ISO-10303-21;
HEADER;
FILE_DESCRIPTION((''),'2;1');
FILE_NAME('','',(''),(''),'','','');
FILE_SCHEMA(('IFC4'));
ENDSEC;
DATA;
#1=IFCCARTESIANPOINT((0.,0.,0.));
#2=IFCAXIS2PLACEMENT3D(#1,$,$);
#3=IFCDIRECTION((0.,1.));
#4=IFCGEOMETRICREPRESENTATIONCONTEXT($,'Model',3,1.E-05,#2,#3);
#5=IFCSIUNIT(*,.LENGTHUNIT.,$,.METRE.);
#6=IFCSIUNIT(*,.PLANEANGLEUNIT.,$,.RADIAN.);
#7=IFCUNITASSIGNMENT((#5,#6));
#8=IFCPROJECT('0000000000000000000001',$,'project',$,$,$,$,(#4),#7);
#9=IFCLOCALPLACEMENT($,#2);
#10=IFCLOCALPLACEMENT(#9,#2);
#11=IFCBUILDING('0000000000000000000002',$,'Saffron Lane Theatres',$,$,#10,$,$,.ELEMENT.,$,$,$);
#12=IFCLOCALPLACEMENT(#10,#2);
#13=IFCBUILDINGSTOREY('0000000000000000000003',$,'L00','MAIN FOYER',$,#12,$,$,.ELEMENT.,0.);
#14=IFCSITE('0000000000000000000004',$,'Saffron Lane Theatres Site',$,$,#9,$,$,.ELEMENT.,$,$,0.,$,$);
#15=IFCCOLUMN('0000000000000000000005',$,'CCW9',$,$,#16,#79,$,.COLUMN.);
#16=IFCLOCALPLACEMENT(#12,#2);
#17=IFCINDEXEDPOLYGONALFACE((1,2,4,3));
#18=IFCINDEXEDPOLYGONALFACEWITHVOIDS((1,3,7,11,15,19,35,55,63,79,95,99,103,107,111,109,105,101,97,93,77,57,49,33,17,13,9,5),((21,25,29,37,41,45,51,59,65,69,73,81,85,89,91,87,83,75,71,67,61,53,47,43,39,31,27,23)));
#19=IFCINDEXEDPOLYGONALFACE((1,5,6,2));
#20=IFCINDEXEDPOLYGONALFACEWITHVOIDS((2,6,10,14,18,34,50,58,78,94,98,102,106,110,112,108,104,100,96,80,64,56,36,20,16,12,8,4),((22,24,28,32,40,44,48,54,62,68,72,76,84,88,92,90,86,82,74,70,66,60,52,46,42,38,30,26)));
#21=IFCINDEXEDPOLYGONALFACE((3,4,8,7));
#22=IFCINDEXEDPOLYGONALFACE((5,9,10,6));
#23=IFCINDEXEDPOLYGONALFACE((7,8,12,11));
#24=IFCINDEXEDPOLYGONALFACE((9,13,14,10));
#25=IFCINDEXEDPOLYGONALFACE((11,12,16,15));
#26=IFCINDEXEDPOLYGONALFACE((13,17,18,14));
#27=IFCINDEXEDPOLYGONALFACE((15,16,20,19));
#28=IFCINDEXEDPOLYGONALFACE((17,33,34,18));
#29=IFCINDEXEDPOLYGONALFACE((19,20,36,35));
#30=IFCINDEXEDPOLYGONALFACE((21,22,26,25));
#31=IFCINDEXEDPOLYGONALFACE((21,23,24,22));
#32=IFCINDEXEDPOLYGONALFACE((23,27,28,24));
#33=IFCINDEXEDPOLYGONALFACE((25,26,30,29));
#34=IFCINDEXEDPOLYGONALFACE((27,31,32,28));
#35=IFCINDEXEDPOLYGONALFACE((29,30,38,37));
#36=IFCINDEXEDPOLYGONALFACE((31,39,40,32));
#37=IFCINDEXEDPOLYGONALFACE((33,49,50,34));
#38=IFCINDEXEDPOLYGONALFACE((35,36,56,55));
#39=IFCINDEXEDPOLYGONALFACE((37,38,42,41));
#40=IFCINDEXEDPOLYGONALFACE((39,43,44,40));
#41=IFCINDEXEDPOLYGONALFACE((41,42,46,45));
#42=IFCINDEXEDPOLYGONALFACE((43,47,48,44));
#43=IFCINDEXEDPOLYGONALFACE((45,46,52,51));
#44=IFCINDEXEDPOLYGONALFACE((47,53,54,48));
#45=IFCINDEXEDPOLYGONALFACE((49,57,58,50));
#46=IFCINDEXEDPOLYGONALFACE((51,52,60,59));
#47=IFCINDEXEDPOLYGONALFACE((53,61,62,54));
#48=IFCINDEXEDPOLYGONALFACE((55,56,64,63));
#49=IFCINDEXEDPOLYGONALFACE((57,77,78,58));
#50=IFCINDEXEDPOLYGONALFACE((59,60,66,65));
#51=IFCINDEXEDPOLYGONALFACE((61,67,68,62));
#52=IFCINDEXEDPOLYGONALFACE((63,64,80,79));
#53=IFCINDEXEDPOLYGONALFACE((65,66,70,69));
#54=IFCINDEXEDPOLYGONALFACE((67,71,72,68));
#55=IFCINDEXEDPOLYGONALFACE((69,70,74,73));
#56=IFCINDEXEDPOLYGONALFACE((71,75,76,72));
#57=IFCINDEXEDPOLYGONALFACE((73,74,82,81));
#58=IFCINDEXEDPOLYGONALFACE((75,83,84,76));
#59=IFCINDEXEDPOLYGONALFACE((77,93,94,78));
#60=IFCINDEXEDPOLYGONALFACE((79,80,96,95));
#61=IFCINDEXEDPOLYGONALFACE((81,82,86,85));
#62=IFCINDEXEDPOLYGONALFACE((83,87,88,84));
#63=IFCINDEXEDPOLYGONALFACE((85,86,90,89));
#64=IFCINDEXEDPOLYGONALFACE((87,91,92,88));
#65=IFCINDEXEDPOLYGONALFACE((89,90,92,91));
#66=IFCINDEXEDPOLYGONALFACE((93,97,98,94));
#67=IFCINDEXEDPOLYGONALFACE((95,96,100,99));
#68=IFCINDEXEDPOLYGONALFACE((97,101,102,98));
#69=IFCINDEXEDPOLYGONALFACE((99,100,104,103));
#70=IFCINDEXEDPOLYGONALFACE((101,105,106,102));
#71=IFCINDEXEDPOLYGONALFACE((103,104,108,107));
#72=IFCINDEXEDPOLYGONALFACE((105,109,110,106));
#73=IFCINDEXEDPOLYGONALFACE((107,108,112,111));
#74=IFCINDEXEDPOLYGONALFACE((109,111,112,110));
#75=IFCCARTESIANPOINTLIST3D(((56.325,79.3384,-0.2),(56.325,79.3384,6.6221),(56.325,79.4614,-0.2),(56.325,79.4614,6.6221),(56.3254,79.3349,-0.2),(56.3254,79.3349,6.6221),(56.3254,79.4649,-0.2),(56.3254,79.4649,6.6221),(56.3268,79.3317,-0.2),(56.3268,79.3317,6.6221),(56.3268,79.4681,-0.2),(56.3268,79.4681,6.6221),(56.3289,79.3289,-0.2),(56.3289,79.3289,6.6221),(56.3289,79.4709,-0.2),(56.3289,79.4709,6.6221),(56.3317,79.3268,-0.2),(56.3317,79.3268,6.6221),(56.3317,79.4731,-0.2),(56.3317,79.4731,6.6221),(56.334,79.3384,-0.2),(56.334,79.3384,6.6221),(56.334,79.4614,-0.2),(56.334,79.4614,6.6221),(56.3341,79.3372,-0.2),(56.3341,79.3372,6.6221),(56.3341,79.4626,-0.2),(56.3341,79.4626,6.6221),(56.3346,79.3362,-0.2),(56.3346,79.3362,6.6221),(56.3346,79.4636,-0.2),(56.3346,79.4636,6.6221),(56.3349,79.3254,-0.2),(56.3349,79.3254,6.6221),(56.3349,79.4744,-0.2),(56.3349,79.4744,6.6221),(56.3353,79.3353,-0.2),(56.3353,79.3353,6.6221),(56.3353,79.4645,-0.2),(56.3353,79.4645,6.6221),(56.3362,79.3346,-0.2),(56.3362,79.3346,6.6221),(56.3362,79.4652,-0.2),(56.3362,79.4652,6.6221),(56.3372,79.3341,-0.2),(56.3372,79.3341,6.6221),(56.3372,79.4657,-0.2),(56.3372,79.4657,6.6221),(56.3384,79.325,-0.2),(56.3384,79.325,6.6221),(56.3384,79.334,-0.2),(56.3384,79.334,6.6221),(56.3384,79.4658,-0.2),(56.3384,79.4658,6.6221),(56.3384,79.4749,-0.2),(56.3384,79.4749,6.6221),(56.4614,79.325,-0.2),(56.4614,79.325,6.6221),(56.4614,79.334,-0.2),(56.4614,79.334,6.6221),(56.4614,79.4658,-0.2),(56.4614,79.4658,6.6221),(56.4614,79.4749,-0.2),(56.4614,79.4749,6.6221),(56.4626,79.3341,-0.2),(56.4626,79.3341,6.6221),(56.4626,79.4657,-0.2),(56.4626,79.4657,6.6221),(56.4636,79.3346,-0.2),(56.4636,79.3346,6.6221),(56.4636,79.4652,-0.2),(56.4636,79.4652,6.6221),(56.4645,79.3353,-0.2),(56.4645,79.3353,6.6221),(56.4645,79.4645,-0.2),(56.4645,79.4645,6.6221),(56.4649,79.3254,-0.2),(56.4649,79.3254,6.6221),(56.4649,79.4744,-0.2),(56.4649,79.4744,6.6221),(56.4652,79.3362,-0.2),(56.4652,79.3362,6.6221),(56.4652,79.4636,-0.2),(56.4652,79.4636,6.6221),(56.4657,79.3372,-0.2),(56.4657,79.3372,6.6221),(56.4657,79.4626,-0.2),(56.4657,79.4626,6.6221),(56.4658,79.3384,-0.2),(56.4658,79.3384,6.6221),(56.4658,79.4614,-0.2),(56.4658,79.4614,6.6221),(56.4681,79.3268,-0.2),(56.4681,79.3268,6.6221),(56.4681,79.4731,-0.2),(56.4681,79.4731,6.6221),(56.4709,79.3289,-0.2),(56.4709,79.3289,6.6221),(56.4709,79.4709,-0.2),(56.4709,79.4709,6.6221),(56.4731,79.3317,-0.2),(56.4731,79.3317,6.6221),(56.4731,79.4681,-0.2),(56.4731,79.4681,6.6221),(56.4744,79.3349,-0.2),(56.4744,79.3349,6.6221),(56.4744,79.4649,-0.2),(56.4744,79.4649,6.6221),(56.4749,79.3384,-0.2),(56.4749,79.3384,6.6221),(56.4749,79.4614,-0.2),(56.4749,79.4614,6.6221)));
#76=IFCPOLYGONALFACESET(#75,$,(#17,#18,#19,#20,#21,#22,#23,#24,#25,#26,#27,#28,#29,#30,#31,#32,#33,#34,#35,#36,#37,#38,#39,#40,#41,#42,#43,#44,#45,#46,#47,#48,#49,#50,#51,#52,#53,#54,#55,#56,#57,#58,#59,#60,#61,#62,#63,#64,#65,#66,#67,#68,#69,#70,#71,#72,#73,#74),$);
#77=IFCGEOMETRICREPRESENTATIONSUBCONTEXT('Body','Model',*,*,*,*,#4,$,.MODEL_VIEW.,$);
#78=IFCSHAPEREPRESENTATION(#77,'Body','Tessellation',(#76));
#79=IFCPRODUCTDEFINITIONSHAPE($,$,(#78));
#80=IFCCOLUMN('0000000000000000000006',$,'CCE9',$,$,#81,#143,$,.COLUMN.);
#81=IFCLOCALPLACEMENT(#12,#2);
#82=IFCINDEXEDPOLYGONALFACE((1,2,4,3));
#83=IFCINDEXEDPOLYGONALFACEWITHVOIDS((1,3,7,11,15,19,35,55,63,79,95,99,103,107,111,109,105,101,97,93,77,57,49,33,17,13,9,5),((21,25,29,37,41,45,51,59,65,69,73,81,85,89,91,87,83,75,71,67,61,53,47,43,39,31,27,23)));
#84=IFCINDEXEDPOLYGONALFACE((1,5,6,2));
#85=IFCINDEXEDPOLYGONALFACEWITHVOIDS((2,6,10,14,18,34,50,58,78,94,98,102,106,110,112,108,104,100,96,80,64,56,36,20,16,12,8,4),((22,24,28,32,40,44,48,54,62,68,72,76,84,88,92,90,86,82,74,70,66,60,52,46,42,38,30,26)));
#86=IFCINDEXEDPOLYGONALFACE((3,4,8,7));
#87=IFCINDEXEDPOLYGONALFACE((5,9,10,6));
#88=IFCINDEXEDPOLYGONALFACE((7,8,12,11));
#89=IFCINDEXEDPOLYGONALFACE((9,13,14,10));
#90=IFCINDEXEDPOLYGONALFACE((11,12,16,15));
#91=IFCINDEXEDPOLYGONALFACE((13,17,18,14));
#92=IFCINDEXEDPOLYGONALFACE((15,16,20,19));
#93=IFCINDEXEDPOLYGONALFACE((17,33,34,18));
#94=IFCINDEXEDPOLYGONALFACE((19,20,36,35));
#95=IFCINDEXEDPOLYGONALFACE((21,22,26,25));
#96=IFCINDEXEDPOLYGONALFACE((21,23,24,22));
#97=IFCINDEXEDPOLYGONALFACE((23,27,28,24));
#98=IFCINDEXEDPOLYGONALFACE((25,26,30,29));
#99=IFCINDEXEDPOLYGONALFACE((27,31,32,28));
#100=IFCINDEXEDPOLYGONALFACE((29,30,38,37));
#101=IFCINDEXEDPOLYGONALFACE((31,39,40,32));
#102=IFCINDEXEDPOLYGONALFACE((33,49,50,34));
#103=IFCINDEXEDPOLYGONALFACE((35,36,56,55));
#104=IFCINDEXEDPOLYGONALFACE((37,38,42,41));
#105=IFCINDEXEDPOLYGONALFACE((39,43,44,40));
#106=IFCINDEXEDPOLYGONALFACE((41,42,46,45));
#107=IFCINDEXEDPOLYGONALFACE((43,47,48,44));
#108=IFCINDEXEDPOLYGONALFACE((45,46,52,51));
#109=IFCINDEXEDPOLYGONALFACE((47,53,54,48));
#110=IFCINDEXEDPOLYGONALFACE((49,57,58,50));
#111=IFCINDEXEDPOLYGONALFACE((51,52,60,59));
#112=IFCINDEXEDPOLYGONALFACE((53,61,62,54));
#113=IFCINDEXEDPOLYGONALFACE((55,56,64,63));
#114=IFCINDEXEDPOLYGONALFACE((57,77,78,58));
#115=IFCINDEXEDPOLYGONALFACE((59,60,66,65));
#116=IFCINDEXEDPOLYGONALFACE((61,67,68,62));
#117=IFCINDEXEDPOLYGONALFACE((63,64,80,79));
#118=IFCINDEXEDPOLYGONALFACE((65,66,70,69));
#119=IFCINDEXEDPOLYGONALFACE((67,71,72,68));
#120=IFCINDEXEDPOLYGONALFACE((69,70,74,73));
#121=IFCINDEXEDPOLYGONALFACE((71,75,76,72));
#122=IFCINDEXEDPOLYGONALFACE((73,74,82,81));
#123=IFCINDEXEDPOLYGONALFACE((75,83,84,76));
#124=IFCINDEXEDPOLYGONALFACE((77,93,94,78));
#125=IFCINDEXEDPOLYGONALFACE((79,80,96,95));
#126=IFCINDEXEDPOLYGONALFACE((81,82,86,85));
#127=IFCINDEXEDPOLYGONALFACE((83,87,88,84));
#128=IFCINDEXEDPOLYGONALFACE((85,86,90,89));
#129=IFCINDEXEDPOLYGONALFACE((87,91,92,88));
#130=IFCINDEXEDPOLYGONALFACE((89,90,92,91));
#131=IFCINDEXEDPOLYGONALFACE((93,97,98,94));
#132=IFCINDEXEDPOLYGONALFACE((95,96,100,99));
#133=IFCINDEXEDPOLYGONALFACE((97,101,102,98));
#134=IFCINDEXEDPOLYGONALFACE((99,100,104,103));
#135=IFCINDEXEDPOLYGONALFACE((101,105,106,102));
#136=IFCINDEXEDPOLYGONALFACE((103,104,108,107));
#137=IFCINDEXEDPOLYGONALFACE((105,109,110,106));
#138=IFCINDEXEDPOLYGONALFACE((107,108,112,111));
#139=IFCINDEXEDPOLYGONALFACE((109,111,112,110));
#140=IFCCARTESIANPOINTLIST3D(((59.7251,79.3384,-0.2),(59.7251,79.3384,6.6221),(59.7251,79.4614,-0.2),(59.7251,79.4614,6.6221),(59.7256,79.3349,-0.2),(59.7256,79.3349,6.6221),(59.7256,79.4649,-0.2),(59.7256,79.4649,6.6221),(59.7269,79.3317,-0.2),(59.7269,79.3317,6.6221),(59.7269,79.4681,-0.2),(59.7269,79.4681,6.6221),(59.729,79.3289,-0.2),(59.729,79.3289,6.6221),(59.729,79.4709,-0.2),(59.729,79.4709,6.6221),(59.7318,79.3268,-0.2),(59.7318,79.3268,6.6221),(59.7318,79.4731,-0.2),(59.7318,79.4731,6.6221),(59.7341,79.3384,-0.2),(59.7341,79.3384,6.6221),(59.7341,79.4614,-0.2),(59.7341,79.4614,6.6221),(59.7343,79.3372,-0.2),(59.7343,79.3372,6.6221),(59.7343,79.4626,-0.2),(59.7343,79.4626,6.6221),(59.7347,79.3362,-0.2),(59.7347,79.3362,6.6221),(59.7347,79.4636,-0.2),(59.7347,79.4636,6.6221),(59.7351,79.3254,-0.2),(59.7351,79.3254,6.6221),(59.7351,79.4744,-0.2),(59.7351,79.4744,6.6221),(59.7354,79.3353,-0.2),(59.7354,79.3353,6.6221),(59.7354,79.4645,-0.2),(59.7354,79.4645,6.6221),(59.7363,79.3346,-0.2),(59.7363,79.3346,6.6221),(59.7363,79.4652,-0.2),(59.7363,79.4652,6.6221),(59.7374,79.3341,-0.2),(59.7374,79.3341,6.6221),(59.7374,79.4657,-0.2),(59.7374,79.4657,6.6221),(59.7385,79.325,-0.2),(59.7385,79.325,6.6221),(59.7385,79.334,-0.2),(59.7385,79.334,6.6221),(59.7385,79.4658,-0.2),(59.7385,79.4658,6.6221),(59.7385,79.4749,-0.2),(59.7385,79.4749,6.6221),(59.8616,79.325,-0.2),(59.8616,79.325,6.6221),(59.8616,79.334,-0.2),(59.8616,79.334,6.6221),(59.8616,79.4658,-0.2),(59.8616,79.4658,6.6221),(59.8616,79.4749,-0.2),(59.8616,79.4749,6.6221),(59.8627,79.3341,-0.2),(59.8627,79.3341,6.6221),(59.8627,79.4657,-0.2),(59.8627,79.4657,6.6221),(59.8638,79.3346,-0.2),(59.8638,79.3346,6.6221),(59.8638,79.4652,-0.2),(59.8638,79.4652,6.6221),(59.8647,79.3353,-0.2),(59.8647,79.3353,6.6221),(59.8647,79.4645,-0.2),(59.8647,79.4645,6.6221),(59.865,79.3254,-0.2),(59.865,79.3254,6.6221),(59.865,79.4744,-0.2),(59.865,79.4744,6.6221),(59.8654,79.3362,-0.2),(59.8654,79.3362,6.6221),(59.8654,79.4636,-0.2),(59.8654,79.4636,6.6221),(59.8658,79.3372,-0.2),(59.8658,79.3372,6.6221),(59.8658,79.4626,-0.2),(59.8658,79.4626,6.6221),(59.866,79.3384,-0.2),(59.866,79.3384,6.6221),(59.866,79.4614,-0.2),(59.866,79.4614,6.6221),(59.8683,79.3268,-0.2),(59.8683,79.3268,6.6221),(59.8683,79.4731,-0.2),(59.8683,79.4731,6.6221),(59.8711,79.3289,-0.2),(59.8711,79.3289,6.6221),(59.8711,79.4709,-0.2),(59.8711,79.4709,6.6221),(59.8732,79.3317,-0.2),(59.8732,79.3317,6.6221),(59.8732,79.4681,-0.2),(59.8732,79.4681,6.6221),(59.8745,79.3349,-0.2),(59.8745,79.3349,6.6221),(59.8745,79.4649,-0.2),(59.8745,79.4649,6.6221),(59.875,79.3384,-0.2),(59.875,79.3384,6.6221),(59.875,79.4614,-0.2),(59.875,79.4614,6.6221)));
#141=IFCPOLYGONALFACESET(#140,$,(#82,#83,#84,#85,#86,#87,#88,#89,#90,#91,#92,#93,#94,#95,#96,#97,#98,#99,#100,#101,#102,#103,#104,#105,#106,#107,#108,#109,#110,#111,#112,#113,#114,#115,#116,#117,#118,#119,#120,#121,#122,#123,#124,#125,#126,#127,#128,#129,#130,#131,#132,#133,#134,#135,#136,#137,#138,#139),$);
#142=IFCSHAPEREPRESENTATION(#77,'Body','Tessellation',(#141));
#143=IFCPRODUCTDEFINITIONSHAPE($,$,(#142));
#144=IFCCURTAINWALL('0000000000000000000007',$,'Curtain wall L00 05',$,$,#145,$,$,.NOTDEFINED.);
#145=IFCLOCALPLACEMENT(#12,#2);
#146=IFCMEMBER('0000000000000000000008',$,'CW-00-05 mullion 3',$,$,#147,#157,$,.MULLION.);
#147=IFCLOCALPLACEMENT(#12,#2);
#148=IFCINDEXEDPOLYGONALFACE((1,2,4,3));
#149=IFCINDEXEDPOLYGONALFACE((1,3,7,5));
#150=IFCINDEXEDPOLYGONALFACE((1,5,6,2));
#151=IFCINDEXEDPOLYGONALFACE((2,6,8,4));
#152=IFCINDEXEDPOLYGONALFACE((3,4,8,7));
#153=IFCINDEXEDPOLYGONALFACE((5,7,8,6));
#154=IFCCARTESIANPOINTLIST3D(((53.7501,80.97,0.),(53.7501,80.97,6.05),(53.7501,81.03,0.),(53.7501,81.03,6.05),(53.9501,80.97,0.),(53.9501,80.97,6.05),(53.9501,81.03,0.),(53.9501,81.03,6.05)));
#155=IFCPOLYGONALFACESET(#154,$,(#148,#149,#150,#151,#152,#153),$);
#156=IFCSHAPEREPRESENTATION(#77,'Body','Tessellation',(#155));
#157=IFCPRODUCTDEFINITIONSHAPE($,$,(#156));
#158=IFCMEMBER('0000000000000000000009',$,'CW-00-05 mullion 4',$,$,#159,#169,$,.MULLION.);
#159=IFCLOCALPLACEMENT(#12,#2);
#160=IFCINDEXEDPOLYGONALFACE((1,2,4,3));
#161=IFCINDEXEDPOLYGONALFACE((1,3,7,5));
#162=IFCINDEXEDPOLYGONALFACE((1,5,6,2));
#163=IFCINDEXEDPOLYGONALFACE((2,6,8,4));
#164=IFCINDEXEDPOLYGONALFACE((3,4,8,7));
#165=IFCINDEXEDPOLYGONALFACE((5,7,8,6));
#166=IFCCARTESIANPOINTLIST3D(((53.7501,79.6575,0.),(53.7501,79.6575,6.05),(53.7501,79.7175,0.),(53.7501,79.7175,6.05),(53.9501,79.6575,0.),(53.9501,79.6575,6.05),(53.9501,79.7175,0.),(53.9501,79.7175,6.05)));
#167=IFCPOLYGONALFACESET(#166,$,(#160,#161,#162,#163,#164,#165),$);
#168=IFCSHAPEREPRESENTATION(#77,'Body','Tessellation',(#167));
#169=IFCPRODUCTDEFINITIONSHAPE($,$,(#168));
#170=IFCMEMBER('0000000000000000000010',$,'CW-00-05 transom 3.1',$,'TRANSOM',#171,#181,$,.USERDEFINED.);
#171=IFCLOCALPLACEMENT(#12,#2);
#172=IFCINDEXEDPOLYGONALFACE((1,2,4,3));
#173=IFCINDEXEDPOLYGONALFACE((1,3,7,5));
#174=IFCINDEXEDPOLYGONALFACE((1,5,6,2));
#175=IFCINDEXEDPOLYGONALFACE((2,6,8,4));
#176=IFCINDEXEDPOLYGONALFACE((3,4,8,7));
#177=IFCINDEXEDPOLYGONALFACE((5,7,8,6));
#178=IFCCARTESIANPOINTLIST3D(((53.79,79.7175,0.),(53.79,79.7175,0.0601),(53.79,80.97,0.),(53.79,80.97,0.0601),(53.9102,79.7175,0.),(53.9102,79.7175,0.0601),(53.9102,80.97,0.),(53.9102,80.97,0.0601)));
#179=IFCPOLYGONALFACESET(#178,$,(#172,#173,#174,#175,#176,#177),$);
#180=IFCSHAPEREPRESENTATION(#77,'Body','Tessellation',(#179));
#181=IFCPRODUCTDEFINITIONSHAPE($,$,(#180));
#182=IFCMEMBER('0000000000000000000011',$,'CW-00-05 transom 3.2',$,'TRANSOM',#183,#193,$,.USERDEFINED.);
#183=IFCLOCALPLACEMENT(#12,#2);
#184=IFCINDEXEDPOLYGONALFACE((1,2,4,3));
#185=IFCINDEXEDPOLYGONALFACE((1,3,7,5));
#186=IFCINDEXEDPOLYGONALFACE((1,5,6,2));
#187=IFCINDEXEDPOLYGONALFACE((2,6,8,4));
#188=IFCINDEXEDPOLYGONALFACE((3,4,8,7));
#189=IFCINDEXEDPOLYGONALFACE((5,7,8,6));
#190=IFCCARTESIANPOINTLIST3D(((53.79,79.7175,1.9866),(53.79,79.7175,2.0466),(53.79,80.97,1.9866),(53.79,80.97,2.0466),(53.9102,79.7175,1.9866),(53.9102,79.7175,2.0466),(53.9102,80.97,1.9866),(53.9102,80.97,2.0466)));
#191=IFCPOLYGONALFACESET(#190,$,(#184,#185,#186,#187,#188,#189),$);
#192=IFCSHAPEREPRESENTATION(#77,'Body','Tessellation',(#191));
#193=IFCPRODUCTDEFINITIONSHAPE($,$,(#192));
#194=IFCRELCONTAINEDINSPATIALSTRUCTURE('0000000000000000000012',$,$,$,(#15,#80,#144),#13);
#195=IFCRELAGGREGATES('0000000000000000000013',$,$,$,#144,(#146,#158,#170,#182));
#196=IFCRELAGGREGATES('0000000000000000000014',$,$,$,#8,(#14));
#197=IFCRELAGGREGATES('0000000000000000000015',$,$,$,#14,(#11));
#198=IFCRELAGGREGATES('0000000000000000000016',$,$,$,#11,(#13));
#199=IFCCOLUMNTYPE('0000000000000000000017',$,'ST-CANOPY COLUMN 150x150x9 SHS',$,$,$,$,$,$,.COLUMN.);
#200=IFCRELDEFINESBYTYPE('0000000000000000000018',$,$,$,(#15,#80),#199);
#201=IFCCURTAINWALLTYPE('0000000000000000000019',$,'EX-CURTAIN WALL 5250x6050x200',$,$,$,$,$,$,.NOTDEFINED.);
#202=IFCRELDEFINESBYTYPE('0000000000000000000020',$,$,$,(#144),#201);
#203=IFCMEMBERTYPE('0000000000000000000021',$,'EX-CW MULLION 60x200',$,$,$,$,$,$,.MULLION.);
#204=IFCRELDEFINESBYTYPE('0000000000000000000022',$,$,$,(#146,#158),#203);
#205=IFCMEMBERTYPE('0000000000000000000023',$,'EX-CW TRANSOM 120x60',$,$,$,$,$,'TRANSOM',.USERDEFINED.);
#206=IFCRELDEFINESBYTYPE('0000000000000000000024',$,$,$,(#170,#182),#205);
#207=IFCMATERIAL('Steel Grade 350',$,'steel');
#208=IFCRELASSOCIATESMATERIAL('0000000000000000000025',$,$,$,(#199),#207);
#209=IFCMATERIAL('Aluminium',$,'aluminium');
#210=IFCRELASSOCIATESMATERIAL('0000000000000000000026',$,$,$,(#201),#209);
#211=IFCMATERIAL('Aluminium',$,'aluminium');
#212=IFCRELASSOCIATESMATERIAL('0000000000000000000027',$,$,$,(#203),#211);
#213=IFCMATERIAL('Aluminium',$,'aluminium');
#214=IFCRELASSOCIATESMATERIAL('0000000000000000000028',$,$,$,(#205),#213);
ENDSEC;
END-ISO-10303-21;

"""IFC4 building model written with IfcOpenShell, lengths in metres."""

from ifc_helpers import new_model, si_unit, direction, frame, origin, origin_2d, place, context, subcontext, project, spatial, rectangle, hollow_rectangle, extrude, material, material_profile, profile_set, type_object, element, aggregate, save


model = new_model("IFC4")

# Units and contexts
model_context = context("Model", 3, precision=1e-05, world=origin(), true_north=direction((0.0, 1.0)))
body_context = subcontext(model_context, "Body", "Model", "MODEL_VIEW")
ifc_project = project(units=[si_unit("LENGTHUNIT", "METRE"), si_unit("PLANEANGLEUNIT", "RADIAN")], contexts=[model_context])

# Site, building, storey
site_placement = place(None, origin())
site = spatial("IfcSite", under=ifc_project, at=site_placement, Name="Saffron Lane Theatres Site", CompositionType="ELEMENT", RefElevation=0.0)
building_placement = place(site_placement, origin())
building = spatial("IfcBuilding", under=site, at=building_placement, Name="Saffron Lane Theatres", CompositionType="ELEMENT")
storey_placement = place(building_placement, origin())
storey = spatial("IfcBuildingStorey", under=building, at=storey_placement, Name="L00", Description="MAIN FOYER", CompositionType="ELEMENT", Elevation=0.0)

# Columns
ifc_material_1 = material(Name="Steel Grade 350", Category="steel")
ifc_material_profile_1 = material_profile(ifc_material_1, hollow_rectangle(XDim=0.1499, YDim=0.1499, WallThickness=0.009, InnerFilletRadius=0.0044, OuterFilletRadius=0.0134, at=origin_2d()))
ifc_profile_set_1 = profile_set([ifc_material_profile_1], Name="Steel Grade 350")
column_type_1 = type_object("IfcColumnType", Name="ST-CANOPY COLUMN 150x150x9 SHS", PredefinedType="COLUMN", material=ifc_profile_set_1)
for number, where, z_axis, x_axis, name in (
    (1, (56.3999, 79.3999, -0.2), (0.0, 0.0, 1.0), (1.0, 0.0, 0.0), "CCW9"),
    (2, (59.8, 79.3999, -0.2), (0.0, 0.0, 1.0), (1.0, 0.0, 0.0), "CCE9"),
):
    element("IfcColumn", number, at=place(storey_placement, frame(where, z_axis=z_axis, x_axis=x_axis)), inside=storey, type_object=column_type_1, Name=name, PredefinedType="COLUMN", context=body_context, shape_type="SweptSolid", body=[
        extrude(hollow_rectangle(XDim=0.1499, YDim=0.1499, WallThickness=0.009, InnerFilletRadius=0.0044, OuterFilletRadius=0.0134, at=origin_2d()), origin(), (0.0, 0.0, 1.0), 6.822),
    ])

# Curtain wall, members
ifc_material_2 = material(Name="Aluminium", Category="aluminium")
curtain_wall_type = type_object("IfcCurtainWallType", Name="EX-CURTAIN WALL 5250x6050x200", PredefinedType="NOTDEFINED", material=ifc_material_2)
curtain_wall_placement = place(storey_placement, origin())
curtain_wall = element("IfcCurtainWall", 3, at=curtain_wall_placement, inside=storey, type_object=curtain_wall_type, Name="Curtain wall L00 05", PredefinedType="NOTDEFINED")
ifc_material_3 = material(Name="Aluminium", Category="aluminium")
ifc_material_profile_2 = material_profile(ifc_material_3, rectangle(XDim=0.0601, YDim=0.2, at=origin_2d()))
ifc_profile_set_2 = profile_set([ifc_material_profile_2], Name="Aluminium")
member_type_1 = type_object("IfcMemberType", Name="EX-CW MULLION 60x200", PredefinedType="MULLION", material=ifc_profile_set_2)
member_1_placement = place(storey_placement, frame((53.8501, 81.0, 0.0), z_axis=(0.0, 0.0, 1.0), x_axis=(0.0, -1.0, 0.0)))
member_1 = element("IfcMember", 4, at=member_1_placement, type_object=member_type_1, Name="CW-00-05 mullion 3", PredefinedType="MULLION", context=body_context, shape_type="SweptSolid", body=[
    extrude(rectangle(XDim=0.0601, YDim=0.2, at=origin_2d()), origin(), (0.0, 0.0, 1.0), 6.05),
])
member_2_placement = place(storey_placement, frame((53.8501, 79.6875, 0.0), z_axis=(0.0, 0.0, 1.0), x_axis=(0.0, -1.0, 0.0)))
member_2 = element("IfcMember", 5, at=member_2_placement, type_object=member_type_1, Name="CW-00-05 mullion 4", PredefinedType="MULLION", context=body_context, shape_type="SweptSolid", body=[
    extrude(rectangle(XDim=0.0601, YDim=0.2, at=origin_2d()), origin(), (0.0, 0.0, 1.0), 6.05),
])
ifc_material_4 = material(Name="Aluminium", Category="aluminium")
ifc_material_profile_3 = material_profile(ifc_material_4, rectangle(XDim=0.1201, YDim=0.0601, at=origin_2d()))
ifc_profile_set_3 = profile_set([ifc_material_profile_3], Name="Aluminium")
member_type_2 = type_object("IfcMemberType", Name="EX-CW TRANSOM 120x60", ElementType="TRANSOM", PredefinedType="USERDEFINED", material=ifc_profile_set_3)
member_3_placement = place(storey_placement, frame((53.8501, 80.97, 0.03), z_axis=(0.0, -1.0, 0.0), x_axis=(1.0, 0.0, 0.0)))
member_3 = element("IfcMember", 6, at=member_3_placement, type_object=member_type_2, Name="CW-00-05 transom 3.1", ObjectType="TRANSOM", PredefinedType="USERDEFINED", context=body_context, shape_type="SweptSolid", body=[
    extrude(rectangle(XDim=0.1201, YDim=0.0601, at=origin_2d()), origin(), (0.0, 0.0, 1.0), 1.2524),
])
member_4_placement = place(storey_placement, frame((53.8501, 80.97, 2.0166), z_axis=(0.0, -1.0, 0.0), x_axis=(1.0, 0.0, 0.0)))
member_4 = element("IfcMember", 7, at=member_4_placement, type_object=member_type_2, Name="CW-00-05 transom 3.2", ObjectType="TRANSOM", PredefinedType="USERDEFINED", context=body_context, shape_type="SweptSolid", body=[
    extrude(rectangle(XDim=0.1201, YDim=0.0601, at=origin_2d()), origin(), (0.0, 0.0, 1.0), 1.2524),
])
aggregate(curtain_wall, [member_1, member_2, member_3, member_4])

save(model, "model.ifc")
